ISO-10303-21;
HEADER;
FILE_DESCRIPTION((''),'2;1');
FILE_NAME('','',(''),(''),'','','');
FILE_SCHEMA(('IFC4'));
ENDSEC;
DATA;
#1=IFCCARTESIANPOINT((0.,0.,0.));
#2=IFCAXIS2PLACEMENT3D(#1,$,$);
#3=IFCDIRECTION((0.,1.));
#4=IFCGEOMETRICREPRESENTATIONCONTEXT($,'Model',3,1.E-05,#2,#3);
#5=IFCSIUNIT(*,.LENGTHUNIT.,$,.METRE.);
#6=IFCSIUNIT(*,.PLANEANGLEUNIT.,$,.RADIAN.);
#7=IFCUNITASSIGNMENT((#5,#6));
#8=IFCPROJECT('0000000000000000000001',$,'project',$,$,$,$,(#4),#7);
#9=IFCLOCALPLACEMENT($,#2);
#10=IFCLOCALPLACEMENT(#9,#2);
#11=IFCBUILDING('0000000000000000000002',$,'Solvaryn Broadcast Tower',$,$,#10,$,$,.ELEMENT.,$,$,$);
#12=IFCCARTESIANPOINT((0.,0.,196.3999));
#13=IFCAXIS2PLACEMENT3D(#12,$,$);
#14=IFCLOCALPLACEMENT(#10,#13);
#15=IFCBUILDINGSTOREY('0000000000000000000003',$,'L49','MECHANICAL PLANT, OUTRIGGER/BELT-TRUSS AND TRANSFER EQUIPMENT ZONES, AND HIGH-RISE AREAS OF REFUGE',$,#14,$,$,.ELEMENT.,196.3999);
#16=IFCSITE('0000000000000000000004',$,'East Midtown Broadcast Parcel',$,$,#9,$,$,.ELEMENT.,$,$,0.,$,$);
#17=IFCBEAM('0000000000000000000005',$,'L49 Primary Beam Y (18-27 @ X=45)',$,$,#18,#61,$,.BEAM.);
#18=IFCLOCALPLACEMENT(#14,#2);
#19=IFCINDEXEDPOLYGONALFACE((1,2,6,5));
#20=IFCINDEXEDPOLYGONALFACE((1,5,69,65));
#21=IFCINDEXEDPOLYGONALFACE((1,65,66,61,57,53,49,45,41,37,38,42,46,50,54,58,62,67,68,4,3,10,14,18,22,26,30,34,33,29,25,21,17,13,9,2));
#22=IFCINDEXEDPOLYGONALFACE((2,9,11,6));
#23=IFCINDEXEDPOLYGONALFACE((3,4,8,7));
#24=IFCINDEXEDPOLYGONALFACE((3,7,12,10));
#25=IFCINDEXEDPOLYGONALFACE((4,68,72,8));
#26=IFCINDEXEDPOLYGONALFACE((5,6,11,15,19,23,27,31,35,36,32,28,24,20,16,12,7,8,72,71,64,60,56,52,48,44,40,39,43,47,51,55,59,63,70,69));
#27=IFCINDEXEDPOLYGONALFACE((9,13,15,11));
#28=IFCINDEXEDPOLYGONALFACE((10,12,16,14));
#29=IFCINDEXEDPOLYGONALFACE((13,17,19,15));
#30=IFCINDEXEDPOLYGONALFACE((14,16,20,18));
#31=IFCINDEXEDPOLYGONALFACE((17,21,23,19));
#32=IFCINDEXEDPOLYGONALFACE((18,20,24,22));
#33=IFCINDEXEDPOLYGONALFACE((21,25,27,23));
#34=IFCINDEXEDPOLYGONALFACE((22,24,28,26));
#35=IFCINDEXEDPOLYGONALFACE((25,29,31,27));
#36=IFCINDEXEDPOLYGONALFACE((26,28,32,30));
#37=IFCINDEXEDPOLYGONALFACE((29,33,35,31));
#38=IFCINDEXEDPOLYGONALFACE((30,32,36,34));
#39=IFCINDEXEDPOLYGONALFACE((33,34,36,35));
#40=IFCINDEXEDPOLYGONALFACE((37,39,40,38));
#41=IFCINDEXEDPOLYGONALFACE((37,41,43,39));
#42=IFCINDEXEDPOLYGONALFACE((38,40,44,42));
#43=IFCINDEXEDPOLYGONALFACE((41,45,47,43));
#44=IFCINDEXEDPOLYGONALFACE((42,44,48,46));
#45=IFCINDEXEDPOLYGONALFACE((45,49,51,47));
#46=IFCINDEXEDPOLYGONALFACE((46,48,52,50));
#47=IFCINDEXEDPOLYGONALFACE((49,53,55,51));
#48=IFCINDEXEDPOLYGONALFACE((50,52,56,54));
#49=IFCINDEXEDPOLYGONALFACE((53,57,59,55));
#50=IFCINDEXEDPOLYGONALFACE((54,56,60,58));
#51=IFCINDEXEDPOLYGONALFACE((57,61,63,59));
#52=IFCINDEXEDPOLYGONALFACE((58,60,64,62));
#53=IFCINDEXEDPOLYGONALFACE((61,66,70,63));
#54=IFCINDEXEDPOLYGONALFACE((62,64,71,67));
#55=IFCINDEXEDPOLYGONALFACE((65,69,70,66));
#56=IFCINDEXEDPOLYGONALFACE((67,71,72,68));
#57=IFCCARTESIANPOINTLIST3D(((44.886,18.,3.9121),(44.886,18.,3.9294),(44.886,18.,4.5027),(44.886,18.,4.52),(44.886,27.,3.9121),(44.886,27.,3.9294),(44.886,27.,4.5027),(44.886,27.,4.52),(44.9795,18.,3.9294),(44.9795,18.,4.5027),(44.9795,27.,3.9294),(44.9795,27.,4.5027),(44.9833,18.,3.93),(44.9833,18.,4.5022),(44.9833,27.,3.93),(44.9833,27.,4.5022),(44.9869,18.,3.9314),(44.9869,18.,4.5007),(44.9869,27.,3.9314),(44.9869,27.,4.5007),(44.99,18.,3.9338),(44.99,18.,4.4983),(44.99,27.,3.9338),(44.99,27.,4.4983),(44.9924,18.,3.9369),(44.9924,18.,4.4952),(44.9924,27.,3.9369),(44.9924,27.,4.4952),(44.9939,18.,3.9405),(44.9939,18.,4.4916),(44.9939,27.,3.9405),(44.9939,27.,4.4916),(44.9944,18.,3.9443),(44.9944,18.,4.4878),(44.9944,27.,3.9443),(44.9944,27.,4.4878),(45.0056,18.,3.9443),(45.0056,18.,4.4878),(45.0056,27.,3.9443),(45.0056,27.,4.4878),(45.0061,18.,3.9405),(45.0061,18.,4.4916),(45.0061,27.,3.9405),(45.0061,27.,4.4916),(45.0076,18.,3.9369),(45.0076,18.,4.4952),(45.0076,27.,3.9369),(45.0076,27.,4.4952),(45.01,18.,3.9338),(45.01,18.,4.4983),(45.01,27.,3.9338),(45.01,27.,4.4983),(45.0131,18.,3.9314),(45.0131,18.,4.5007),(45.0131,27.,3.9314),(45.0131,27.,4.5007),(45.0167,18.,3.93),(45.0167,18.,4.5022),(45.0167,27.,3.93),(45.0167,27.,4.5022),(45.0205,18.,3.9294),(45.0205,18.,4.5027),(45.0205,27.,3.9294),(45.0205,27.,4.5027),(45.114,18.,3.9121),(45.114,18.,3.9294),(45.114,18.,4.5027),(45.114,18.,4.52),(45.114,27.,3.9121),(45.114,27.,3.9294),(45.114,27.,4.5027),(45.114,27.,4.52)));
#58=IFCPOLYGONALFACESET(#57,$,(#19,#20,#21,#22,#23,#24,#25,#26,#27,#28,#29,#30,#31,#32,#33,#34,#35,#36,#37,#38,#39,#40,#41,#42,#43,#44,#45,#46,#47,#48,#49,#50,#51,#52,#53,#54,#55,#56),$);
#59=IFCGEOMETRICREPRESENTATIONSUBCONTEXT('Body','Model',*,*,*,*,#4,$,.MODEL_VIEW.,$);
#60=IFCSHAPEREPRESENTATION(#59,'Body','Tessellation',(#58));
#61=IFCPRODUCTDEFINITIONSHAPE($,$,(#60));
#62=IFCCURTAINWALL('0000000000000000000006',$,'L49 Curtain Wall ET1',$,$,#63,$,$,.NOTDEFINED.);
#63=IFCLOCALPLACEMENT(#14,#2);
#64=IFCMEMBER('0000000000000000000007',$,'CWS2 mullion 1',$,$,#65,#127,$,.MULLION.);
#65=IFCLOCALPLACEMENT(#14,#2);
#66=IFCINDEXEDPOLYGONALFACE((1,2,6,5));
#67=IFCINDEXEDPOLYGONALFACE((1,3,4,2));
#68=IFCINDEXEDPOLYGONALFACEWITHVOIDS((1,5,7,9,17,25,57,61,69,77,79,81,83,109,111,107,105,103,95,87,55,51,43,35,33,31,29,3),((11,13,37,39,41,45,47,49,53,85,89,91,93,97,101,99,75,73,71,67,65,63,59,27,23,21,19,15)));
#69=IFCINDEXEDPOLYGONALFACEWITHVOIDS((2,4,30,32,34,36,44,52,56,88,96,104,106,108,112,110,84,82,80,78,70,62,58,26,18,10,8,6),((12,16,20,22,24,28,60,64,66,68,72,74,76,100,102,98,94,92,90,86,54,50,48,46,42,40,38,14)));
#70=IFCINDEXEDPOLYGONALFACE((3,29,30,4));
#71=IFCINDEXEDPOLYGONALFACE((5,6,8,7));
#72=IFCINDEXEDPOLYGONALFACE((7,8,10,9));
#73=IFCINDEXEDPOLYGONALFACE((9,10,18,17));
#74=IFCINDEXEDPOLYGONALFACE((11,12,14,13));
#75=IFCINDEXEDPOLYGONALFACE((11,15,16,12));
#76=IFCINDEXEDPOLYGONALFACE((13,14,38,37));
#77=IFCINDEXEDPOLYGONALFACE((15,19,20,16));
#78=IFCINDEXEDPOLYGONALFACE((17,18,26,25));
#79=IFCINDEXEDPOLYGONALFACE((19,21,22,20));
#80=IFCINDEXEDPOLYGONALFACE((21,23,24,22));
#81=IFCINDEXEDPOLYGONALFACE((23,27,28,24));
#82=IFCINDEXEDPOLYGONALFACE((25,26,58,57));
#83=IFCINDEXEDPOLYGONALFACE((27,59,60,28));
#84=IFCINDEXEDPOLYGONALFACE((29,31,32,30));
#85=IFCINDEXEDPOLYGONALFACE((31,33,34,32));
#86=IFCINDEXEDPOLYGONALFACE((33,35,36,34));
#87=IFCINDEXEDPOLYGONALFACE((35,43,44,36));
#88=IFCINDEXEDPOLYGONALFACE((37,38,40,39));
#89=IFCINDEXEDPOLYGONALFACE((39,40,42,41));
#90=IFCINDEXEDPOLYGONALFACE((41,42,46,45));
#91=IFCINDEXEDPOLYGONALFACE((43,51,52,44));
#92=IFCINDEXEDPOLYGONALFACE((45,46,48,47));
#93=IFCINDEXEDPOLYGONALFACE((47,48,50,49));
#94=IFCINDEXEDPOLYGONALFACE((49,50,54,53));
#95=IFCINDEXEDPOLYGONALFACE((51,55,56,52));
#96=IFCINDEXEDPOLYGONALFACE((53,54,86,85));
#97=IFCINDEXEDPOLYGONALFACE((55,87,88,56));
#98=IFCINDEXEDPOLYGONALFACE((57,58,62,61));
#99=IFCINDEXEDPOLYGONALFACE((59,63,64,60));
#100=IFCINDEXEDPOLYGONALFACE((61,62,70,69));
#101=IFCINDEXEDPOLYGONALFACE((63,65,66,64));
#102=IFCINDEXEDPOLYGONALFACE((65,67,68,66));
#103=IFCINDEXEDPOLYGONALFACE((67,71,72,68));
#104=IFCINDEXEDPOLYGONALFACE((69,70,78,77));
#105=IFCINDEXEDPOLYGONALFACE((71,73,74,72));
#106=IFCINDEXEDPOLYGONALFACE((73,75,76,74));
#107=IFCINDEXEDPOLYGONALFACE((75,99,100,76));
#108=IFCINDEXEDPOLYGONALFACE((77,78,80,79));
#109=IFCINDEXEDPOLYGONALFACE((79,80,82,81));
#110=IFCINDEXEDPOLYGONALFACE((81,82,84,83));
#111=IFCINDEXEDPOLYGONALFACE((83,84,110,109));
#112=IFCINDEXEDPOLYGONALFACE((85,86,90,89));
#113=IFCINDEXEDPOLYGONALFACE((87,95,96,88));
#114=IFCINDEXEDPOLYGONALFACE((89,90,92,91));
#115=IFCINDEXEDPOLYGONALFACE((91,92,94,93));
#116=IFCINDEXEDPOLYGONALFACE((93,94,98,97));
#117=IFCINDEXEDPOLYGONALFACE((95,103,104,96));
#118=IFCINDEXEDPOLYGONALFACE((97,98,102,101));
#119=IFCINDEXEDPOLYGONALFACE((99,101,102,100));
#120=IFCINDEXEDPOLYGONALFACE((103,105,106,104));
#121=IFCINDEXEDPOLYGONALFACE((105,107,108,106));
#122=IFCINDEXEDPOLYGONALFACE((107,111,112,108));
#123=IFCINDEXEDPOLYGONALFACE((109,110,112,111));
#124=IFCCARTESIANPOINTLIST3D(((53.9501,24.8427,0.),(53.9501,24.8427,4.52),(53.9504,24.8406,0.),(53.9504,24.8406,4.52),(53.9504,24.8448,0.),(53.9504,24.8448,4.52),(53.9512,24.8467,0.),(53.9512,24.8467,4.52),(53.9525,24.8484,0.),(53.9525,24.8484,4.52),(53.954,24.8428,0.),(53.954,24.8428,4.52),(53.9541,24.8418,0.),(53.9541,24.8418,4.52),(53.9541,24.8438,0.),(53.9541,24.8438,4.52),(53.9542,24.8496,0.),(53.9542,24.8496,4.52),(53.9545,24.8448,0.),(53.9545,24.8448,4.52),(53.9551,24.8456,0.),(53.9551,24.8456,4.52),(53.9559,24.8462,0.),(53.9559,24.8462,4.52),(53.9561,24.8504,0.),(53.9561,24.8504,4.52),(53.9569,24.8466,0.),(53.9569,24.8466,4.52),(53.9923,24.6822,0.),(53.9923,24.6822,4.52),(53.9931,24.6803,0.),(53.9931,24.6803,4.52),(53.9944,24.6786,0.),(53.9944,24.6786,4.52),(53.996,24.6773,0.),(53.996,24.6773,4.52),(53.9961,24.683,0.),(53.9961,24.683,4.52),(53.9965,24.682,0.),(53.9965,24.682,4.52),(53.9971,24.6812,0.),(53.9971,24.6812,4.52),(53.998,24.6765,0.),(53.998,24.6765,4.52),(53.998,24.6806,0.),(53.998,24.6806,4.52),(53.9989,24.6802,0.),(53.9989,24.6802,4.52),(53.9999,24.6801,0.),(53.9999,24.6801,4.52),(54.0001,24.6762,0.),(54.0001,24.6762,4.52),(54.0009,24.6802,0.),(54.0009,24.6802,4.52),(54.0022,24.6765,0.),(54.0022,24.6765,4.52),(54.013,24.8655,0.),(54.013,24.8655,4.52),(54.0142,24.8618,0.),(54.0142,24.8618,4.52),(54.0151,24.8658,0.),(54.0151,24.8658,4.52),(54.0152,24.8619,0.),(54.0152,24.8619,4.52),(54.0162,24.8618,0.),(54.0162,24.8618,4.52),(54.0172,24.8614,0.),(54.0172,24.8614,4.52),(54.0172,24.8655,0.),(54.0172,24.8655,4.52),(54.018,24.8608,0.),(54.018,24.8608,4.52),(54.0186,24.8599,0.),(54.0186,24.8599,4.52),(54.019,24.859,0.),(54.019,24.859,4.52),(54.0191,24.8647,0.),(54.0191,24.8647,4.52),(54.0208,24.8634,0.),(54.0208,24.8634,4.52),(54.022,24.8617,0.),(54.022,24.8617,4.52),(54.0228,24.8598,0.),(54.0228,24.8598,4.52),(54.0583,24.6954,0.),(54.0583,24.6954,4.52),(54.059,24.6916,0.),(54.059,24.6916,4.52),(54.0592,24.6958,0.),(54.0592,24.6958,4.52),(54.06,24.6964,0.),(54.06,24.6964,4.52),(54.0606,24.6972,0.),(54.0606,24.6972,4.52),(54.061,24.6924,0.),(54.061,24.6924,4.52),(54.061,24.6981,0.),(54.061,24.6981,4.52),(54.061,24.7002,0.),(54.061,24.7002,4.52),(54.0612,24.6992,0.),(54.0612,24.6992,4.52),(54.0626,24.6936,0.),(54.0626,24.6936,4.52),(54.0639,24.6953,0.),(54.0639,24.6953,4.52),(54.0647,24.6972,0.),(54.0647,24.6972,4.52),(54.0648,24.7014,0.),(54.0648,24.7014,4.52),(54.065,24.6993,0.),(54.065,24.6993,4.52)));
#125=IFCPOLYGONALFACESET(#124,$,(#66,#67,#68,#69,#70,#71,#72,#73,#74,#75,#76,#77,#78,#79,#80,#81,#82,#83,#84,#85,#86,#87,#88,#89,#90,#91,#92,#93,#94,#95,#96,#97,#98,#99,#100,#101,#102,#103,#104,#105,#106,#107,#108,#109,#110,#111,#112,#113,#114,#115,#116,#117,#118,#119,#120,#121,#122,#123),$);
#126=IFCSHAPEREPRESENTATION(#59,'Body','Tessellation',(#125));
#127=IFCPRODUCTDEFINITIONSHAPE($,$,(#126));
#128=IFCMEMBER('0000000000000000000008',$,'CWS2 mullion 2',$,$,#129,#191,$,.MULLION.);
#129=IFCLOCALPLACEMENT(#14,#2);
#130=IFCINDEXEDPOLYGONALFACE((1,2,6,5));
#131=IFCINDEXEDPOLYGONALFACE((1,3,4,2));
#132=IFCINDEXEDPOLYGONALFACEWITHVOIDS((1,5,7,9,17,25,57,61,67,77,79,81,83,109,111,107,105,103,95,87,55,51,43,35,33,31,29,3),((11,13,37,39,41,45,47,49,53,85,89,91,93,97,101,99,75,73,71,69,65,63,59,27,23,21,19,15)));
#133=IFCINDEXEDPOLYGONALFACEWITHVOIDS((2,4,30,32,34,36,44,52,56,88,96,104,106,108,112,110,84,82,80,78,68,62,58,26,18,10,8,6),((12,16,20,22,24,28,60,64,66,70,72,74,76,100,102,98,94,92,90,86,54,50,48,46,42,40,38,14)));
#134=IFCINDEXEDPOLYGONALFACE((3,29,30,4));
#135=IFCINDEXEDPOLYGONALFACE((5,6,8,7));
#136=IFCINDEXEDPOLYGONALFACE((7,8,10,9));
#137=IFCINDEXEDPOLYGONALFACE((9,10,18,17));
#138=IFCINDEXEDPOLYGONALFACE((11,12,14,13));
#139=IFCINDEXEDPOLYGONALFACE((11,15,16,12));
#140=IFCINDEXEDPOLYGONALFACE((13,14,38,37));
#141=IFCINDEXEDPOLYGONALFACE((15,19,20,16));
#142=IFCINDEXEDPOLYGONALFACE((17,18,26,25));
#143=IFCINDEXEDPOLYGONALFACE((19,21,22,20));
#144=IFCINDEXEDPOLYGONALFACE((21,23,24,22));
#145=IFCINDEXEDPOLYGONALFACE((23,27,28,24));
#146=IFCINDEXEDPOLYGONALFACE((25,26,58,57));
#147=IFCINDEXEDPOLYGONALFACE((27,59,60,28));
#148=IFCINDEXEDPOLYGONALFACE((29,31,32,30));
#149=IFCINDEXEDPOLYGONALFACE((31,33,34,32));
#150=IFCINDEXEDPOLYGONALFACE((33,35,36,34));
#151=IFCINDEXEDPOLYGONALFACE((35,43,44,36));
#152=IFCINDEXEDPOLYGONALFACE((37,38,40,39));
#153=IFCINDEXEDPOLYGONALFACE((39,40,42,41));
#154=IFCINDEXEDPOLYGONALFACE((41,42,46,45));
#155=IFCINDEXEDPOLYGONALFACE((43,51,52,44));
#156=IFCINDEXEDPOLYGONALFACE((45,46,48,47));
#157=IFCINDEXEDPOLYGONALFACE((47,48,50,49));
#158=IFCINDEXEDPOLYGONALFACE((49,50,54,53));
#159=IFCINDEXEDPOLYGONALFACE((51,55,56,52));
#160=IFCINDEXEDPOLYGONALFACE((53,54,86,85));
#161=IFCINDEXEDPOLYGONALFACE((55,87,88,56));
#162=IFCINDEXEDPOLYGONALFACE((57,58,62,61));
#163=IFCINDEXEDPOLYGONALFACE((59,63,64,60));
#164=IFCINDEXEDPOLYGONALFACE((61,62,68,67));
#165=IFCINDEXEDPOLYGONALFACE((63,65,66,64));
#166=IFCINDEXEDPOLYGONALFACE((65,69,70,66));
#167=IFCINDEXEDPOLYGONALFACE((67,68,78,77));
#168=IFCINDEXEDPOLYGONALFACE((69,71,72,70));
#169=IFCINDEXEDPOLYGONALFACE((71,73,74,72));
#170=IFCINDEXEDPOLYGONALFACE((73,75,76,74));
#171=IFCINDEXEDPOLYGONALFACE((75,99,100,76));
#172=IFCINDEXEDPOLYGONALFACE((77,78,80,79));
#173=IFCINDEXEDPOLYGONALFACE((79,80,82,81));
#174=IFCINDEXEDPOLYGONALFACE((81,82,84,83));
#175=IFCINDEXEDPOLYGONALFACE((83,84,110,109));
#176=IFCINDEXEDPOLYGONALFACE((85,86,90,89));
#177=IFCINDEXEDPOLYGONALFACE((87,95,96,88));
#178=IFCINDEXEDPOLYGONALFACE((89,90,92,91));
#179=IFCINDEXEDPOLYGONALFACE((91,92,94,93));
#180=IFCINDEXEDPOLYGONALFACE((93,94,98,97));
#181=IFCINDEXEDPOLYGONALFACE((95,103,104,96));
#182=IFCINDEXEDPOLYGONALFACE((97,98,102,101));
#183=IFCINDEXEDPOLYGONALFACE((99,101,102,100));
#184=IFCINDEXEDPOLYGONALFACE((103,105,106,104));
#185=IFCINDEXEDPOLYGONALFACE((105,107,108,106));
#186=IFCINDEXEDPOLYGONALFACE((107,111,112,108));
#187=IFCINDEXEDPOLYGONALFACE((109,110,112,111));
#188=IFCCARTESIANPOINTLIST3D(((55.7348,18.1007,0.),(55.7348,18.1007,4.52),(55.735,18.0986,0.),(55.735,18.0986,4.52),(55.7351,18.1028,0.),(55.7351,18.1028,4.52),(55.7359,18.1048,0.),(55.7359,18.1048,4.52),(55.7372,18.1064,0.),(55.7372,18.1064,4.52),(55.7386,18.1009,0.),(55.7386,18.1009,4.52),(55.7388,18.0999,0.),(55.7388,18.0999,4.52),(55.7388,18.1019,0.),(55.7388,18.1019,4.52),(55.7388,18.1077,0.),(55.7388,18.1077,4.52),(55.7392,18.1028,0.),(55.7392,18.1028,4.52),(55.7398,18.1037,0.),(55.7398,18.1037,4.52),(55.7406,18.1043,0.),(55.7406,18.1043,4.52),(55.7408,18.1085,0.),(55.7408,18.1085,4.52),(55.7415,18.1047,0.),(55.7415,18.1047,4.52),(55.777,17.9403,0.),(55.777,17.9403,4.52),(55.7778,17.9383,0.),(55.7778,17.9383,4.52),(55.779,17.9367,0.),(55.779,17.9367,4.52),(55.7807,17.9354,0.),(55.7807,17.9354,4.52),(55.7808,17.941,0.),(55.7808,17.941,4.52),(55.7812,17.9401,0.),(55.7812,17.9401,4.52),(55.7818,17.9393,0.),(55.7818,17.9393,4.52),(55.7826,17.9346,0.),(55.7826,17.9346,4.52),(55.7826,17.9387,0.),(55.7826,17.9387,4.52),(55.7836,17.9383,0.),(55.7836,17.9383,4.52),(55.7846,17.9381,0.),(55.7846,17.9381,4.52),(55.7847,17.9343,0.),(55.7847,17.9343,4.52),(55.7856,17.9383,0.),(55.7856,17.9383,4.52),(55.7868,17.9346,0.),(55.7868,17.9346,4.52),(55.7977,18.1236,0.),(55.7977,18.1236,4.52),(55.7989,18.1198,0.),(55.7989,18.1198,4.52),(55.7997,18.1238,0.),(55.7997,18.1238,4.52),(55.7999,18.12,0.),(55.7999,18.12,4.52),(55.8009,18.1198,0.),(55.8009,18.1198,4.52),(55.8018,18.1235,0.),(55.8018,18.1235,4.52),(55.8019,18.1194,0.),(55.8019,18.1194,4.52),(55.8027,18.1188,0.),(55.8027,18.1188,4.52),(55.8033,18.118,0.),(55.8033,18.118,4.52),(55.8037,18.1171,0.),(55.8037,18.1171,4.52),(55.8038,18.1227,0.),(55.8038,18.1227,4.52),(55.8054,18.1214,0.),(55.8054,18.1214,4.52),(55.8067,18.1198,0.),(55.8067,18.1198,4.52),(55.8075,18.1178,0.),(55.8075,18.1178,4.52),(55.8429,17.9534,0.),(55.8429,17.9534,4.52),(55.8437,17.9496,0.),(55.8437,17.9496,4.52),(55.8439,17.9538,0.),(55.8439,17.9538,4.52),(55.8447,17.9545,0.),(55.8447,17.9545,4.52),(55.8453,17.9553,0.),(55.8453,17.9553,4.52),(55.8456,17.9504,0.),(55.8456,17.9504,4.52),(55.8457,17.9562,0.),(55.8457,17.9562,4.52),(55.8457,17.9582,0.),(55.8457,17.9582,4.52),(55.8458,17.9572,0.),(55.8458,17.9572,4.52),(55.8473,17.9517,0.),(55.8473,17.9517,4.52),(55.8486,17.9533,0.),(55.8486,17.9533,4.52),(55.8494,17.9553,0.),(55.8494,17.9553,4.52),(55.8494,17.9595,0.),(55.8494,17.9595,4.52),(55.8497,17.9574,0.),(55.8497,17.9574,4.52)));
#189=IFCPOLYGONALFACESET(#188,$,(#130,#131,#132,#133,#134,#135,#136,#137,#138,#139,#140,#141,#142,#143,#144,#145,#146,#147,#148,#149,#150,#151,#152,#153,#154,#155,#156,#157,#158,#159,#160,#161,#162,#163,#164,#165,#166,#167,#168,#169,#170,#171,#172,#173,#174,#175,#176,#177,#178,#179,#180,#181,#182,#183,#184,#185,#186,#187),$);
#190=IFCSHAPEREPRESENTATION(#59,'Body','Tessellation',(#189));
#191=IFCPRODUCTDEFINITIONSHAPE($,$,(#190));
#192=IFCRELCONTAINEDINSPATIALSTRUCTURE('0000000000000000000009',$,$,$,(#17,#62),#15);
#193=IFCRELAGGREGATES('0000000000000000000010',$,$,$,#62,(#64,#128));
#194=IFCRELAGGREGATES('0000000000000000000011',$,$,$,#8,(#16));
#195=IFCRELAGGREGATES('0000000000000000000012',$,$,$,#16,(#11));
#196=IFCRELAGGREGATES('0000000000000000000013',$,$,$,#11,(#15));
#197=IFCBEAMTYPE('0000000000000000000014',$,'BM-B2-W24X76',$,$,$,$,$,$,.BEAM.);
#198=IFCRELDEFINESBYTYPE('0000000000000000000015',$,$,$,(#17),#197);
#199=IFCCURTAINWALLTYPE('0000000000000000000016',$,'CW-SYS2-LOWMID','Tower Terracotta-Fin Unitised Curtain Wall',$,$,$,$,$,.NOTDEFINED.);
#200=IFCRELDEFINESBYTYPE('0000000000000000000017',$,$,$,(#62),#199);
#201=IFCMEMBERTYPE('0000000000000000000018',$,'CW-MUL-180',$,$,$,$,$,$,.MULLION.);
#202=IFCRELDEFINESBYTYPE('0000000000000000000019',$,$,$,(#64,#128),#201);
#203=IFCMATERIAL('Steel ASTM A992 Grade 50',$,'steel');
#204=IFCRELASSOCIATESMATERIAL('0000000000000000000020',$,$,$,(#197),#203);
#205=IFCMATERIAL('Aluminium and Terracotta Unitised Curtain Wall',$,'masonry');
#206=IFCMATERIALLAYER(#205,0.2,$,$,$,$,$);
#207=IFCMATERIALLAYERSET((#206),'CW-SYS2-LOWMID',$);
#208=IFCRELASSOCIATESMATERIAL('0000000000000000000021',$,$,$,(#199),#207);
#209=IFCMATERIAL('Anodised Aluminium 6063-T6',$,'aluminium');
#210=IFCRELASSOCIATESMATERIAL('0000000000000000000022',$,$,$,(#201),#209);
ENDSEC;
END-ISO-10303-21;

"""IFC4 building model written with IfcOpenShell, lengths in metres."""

from ifc_helpers import new_model, si_unit, direction, frame, origin, origin_2d, place, context, subcontext, project, spatial, hollow_rectangle, i_section, extrude, material, layer, layer_set, material_profile, profile_set, type_object, element, aggregate, save


model = new_model("IFC4")

# Units and contexts
model_context = context("Model", 3, precision=1e-05, world=origin(), true_north=direction((0.0, 1.0)))
body_context = subcontext(model_context, "Body", "Model", "MODEL_VIEW")
ifc_project = project(units=[si_unit("LENGTHUNIT", "METRE"), si_unit("PLANEANGLEUNIT", "RADIAN")], contexts=[model_context])

# Site, building, storey
site_placement = place(None, origin())
site = spatial("IfcSite", under=ifc_project, at=site_placement, Name="East Midtown Broadcast Parcel", CompositionType="ELEMENT", RefElevation=0.0)
building_placement = place(site_placement, origin())
building = spatial("IfcBuilding", under=site, at=building_placement, Name="Solvaryn Broadcast Tower", CompositionType="ELEMENT")
storey_placement = place(building_placement, frame((0.0, 0.0, 196.3999)))
storey = spatial("IfcBuildingStorey", under=building, at=storey_placement, Name="L49", Description="MECHANICAL PLANT, OUTRIGGER/BELT-TRUSS AND TRANSFER EQUIPMENT ZONES, AND HIGH-RISE AREAS OF REFUGE", CompositionType="ELEMENT", Elevation=196.3999)

# Beam
ifc_material_1 = material(Name="Steel ASTM A992 Grade 50", Category="steel")
ifc_material_profile_1 = material_profile(ifc_material_1, i_section(OverallWidth=0.228, OverallDepth=0.6079, WebThickness=0.0112, FlangeThickness=0.0173, FilletRadius=0.0149, at=origin_2d()))
ifc_profile_set_1 = profile_set([ifc_material_profile_1], Name="Steel ASTM A992 Grade 50")
beam_type_1 = type_object("IfcBeamType", Name="BM-B2-W24X76", PredefinedType="BEAM", material=ifc_profile_set_1)
beam_1_placement = place(storey_placement, frame((45.0, 18.0, 4.2161), z_axis=(0.0, 1.0, 0.0), x_axis=(-1.0, 0.0, 0.0)))
element("IfcBeam", 1, at=beam_1_placement, inside=storey, type_object=beam_type_1, Name="L49 Primary Beam Y (18-27 @ X=45)", PredefinedType="BEAM", context=body_context, shape_type="SweptSolid", body=[
    extrude(i_section(OverallWidth=0.228, OverallDepth=0.6079, WebThickness=0.0112, FlangeThickness=0.0173, FilletRadius=0.0149, at=origin_2d()), origin(), (0.0, 0.0, 1.0), 9.0),
])

# Curtain wall, members
ifc_material_2 = material(Name="Aluminium and Terracotta Unitised Curtain Wall", Category="masonry")
ifc_layer_1 = layer(ifc_material_2, 0.2)
ifc_layer_set_1 = layer_set([ifc_layer_1], Name="CW-SYS2-LOWMID")
curtain_wall_type = type_object("IfcCurtainWallType", Name="CW-SYS2-LOWMID", Description="Tower Terracotta-Fin Unitised Curtain Wall", PredefinedType="NOTDEFINED", material=ifc_layer_set_1)
curtain_wall_1_placement = place(storey_placement, origin())
curtain_wall_1 = element("IfcCurtainWall", 2, at=curtain_wall_1_placement, inside=storey, type_object=curtain_wall_type, Name="L49 Curtain Wall ET1", PredefinedType="NOTDEFINED")
ifc_material_3 = material(Name="Anodised Aluminium 6063-T6", Category="aluminium")
ifc_material_profile_2 = material_profile(ifc_material_3, hollow_rectangle(XDim=0.075, YDim=0.1799, WallThickness=0.0039, InnerFilletRadius=0.0039, OuterFilletRadius=0.0081, at=origin_2d()))
ifc_profile_set_2 = profile_set([ifc_material_profile_2], Name="Anodised Aluminium 6063-T6")
member_type_1 = type_object("IfcMemberType", Name="CW-MUL-180", PredefinedType="MULLION", material=ifc_profile_set_2)
member_1_placement = place(storey_placement, frame((54.0076, 24.771, 0.0), z_axis=(0.0, 0.0, 1.0), x_axis=(0.966705, 0.255893, 0.0)))
member_1 = element("IfcMember", 3, at=member_1_placement, type_object=member_type_1, Name="CWS2 mullion 1", PredefinedType="MULLION", context=body_context, shape_type="SweptSolid", body=[
    extrude(hollow_rectangle(XDim=0.075, YDim=0.1799, WallThickness=0.0039, InnerFilletRadius=0.0039, OuterFilletRadius=0.0081, at=origin_2d()), origin(), (0.0, 0.0, 1.0), 4.52),
])
member_2_placement = place(storey_placement, frame((55.7922, 18.0291, 0.0), z_axis=(0.0, 0.0, 1.0), x_axis=(0.966705, 0.255893, 0.0)))
member_2 = element("IfcMember", 4, at=member_2_placement, type_object=member_type_1, Name="CWS2 mullion 2", PredefinedType="MULLION", context=body_context, shape_type="SweptSolid", body=[
    extrude(hollow_rectangle(XDim=0.075, YDim=0.1799, WallThickness=0.0039, InnerFilletRadius=0.0039, OuterFilletRadius=0.0081, at=origin_2d()), origin(), (0.0, 0.0, 1.0), 4.52),
])

aggregate(curtain_wall_1, [member_1, member_2])

save(model, "model.ifc")
